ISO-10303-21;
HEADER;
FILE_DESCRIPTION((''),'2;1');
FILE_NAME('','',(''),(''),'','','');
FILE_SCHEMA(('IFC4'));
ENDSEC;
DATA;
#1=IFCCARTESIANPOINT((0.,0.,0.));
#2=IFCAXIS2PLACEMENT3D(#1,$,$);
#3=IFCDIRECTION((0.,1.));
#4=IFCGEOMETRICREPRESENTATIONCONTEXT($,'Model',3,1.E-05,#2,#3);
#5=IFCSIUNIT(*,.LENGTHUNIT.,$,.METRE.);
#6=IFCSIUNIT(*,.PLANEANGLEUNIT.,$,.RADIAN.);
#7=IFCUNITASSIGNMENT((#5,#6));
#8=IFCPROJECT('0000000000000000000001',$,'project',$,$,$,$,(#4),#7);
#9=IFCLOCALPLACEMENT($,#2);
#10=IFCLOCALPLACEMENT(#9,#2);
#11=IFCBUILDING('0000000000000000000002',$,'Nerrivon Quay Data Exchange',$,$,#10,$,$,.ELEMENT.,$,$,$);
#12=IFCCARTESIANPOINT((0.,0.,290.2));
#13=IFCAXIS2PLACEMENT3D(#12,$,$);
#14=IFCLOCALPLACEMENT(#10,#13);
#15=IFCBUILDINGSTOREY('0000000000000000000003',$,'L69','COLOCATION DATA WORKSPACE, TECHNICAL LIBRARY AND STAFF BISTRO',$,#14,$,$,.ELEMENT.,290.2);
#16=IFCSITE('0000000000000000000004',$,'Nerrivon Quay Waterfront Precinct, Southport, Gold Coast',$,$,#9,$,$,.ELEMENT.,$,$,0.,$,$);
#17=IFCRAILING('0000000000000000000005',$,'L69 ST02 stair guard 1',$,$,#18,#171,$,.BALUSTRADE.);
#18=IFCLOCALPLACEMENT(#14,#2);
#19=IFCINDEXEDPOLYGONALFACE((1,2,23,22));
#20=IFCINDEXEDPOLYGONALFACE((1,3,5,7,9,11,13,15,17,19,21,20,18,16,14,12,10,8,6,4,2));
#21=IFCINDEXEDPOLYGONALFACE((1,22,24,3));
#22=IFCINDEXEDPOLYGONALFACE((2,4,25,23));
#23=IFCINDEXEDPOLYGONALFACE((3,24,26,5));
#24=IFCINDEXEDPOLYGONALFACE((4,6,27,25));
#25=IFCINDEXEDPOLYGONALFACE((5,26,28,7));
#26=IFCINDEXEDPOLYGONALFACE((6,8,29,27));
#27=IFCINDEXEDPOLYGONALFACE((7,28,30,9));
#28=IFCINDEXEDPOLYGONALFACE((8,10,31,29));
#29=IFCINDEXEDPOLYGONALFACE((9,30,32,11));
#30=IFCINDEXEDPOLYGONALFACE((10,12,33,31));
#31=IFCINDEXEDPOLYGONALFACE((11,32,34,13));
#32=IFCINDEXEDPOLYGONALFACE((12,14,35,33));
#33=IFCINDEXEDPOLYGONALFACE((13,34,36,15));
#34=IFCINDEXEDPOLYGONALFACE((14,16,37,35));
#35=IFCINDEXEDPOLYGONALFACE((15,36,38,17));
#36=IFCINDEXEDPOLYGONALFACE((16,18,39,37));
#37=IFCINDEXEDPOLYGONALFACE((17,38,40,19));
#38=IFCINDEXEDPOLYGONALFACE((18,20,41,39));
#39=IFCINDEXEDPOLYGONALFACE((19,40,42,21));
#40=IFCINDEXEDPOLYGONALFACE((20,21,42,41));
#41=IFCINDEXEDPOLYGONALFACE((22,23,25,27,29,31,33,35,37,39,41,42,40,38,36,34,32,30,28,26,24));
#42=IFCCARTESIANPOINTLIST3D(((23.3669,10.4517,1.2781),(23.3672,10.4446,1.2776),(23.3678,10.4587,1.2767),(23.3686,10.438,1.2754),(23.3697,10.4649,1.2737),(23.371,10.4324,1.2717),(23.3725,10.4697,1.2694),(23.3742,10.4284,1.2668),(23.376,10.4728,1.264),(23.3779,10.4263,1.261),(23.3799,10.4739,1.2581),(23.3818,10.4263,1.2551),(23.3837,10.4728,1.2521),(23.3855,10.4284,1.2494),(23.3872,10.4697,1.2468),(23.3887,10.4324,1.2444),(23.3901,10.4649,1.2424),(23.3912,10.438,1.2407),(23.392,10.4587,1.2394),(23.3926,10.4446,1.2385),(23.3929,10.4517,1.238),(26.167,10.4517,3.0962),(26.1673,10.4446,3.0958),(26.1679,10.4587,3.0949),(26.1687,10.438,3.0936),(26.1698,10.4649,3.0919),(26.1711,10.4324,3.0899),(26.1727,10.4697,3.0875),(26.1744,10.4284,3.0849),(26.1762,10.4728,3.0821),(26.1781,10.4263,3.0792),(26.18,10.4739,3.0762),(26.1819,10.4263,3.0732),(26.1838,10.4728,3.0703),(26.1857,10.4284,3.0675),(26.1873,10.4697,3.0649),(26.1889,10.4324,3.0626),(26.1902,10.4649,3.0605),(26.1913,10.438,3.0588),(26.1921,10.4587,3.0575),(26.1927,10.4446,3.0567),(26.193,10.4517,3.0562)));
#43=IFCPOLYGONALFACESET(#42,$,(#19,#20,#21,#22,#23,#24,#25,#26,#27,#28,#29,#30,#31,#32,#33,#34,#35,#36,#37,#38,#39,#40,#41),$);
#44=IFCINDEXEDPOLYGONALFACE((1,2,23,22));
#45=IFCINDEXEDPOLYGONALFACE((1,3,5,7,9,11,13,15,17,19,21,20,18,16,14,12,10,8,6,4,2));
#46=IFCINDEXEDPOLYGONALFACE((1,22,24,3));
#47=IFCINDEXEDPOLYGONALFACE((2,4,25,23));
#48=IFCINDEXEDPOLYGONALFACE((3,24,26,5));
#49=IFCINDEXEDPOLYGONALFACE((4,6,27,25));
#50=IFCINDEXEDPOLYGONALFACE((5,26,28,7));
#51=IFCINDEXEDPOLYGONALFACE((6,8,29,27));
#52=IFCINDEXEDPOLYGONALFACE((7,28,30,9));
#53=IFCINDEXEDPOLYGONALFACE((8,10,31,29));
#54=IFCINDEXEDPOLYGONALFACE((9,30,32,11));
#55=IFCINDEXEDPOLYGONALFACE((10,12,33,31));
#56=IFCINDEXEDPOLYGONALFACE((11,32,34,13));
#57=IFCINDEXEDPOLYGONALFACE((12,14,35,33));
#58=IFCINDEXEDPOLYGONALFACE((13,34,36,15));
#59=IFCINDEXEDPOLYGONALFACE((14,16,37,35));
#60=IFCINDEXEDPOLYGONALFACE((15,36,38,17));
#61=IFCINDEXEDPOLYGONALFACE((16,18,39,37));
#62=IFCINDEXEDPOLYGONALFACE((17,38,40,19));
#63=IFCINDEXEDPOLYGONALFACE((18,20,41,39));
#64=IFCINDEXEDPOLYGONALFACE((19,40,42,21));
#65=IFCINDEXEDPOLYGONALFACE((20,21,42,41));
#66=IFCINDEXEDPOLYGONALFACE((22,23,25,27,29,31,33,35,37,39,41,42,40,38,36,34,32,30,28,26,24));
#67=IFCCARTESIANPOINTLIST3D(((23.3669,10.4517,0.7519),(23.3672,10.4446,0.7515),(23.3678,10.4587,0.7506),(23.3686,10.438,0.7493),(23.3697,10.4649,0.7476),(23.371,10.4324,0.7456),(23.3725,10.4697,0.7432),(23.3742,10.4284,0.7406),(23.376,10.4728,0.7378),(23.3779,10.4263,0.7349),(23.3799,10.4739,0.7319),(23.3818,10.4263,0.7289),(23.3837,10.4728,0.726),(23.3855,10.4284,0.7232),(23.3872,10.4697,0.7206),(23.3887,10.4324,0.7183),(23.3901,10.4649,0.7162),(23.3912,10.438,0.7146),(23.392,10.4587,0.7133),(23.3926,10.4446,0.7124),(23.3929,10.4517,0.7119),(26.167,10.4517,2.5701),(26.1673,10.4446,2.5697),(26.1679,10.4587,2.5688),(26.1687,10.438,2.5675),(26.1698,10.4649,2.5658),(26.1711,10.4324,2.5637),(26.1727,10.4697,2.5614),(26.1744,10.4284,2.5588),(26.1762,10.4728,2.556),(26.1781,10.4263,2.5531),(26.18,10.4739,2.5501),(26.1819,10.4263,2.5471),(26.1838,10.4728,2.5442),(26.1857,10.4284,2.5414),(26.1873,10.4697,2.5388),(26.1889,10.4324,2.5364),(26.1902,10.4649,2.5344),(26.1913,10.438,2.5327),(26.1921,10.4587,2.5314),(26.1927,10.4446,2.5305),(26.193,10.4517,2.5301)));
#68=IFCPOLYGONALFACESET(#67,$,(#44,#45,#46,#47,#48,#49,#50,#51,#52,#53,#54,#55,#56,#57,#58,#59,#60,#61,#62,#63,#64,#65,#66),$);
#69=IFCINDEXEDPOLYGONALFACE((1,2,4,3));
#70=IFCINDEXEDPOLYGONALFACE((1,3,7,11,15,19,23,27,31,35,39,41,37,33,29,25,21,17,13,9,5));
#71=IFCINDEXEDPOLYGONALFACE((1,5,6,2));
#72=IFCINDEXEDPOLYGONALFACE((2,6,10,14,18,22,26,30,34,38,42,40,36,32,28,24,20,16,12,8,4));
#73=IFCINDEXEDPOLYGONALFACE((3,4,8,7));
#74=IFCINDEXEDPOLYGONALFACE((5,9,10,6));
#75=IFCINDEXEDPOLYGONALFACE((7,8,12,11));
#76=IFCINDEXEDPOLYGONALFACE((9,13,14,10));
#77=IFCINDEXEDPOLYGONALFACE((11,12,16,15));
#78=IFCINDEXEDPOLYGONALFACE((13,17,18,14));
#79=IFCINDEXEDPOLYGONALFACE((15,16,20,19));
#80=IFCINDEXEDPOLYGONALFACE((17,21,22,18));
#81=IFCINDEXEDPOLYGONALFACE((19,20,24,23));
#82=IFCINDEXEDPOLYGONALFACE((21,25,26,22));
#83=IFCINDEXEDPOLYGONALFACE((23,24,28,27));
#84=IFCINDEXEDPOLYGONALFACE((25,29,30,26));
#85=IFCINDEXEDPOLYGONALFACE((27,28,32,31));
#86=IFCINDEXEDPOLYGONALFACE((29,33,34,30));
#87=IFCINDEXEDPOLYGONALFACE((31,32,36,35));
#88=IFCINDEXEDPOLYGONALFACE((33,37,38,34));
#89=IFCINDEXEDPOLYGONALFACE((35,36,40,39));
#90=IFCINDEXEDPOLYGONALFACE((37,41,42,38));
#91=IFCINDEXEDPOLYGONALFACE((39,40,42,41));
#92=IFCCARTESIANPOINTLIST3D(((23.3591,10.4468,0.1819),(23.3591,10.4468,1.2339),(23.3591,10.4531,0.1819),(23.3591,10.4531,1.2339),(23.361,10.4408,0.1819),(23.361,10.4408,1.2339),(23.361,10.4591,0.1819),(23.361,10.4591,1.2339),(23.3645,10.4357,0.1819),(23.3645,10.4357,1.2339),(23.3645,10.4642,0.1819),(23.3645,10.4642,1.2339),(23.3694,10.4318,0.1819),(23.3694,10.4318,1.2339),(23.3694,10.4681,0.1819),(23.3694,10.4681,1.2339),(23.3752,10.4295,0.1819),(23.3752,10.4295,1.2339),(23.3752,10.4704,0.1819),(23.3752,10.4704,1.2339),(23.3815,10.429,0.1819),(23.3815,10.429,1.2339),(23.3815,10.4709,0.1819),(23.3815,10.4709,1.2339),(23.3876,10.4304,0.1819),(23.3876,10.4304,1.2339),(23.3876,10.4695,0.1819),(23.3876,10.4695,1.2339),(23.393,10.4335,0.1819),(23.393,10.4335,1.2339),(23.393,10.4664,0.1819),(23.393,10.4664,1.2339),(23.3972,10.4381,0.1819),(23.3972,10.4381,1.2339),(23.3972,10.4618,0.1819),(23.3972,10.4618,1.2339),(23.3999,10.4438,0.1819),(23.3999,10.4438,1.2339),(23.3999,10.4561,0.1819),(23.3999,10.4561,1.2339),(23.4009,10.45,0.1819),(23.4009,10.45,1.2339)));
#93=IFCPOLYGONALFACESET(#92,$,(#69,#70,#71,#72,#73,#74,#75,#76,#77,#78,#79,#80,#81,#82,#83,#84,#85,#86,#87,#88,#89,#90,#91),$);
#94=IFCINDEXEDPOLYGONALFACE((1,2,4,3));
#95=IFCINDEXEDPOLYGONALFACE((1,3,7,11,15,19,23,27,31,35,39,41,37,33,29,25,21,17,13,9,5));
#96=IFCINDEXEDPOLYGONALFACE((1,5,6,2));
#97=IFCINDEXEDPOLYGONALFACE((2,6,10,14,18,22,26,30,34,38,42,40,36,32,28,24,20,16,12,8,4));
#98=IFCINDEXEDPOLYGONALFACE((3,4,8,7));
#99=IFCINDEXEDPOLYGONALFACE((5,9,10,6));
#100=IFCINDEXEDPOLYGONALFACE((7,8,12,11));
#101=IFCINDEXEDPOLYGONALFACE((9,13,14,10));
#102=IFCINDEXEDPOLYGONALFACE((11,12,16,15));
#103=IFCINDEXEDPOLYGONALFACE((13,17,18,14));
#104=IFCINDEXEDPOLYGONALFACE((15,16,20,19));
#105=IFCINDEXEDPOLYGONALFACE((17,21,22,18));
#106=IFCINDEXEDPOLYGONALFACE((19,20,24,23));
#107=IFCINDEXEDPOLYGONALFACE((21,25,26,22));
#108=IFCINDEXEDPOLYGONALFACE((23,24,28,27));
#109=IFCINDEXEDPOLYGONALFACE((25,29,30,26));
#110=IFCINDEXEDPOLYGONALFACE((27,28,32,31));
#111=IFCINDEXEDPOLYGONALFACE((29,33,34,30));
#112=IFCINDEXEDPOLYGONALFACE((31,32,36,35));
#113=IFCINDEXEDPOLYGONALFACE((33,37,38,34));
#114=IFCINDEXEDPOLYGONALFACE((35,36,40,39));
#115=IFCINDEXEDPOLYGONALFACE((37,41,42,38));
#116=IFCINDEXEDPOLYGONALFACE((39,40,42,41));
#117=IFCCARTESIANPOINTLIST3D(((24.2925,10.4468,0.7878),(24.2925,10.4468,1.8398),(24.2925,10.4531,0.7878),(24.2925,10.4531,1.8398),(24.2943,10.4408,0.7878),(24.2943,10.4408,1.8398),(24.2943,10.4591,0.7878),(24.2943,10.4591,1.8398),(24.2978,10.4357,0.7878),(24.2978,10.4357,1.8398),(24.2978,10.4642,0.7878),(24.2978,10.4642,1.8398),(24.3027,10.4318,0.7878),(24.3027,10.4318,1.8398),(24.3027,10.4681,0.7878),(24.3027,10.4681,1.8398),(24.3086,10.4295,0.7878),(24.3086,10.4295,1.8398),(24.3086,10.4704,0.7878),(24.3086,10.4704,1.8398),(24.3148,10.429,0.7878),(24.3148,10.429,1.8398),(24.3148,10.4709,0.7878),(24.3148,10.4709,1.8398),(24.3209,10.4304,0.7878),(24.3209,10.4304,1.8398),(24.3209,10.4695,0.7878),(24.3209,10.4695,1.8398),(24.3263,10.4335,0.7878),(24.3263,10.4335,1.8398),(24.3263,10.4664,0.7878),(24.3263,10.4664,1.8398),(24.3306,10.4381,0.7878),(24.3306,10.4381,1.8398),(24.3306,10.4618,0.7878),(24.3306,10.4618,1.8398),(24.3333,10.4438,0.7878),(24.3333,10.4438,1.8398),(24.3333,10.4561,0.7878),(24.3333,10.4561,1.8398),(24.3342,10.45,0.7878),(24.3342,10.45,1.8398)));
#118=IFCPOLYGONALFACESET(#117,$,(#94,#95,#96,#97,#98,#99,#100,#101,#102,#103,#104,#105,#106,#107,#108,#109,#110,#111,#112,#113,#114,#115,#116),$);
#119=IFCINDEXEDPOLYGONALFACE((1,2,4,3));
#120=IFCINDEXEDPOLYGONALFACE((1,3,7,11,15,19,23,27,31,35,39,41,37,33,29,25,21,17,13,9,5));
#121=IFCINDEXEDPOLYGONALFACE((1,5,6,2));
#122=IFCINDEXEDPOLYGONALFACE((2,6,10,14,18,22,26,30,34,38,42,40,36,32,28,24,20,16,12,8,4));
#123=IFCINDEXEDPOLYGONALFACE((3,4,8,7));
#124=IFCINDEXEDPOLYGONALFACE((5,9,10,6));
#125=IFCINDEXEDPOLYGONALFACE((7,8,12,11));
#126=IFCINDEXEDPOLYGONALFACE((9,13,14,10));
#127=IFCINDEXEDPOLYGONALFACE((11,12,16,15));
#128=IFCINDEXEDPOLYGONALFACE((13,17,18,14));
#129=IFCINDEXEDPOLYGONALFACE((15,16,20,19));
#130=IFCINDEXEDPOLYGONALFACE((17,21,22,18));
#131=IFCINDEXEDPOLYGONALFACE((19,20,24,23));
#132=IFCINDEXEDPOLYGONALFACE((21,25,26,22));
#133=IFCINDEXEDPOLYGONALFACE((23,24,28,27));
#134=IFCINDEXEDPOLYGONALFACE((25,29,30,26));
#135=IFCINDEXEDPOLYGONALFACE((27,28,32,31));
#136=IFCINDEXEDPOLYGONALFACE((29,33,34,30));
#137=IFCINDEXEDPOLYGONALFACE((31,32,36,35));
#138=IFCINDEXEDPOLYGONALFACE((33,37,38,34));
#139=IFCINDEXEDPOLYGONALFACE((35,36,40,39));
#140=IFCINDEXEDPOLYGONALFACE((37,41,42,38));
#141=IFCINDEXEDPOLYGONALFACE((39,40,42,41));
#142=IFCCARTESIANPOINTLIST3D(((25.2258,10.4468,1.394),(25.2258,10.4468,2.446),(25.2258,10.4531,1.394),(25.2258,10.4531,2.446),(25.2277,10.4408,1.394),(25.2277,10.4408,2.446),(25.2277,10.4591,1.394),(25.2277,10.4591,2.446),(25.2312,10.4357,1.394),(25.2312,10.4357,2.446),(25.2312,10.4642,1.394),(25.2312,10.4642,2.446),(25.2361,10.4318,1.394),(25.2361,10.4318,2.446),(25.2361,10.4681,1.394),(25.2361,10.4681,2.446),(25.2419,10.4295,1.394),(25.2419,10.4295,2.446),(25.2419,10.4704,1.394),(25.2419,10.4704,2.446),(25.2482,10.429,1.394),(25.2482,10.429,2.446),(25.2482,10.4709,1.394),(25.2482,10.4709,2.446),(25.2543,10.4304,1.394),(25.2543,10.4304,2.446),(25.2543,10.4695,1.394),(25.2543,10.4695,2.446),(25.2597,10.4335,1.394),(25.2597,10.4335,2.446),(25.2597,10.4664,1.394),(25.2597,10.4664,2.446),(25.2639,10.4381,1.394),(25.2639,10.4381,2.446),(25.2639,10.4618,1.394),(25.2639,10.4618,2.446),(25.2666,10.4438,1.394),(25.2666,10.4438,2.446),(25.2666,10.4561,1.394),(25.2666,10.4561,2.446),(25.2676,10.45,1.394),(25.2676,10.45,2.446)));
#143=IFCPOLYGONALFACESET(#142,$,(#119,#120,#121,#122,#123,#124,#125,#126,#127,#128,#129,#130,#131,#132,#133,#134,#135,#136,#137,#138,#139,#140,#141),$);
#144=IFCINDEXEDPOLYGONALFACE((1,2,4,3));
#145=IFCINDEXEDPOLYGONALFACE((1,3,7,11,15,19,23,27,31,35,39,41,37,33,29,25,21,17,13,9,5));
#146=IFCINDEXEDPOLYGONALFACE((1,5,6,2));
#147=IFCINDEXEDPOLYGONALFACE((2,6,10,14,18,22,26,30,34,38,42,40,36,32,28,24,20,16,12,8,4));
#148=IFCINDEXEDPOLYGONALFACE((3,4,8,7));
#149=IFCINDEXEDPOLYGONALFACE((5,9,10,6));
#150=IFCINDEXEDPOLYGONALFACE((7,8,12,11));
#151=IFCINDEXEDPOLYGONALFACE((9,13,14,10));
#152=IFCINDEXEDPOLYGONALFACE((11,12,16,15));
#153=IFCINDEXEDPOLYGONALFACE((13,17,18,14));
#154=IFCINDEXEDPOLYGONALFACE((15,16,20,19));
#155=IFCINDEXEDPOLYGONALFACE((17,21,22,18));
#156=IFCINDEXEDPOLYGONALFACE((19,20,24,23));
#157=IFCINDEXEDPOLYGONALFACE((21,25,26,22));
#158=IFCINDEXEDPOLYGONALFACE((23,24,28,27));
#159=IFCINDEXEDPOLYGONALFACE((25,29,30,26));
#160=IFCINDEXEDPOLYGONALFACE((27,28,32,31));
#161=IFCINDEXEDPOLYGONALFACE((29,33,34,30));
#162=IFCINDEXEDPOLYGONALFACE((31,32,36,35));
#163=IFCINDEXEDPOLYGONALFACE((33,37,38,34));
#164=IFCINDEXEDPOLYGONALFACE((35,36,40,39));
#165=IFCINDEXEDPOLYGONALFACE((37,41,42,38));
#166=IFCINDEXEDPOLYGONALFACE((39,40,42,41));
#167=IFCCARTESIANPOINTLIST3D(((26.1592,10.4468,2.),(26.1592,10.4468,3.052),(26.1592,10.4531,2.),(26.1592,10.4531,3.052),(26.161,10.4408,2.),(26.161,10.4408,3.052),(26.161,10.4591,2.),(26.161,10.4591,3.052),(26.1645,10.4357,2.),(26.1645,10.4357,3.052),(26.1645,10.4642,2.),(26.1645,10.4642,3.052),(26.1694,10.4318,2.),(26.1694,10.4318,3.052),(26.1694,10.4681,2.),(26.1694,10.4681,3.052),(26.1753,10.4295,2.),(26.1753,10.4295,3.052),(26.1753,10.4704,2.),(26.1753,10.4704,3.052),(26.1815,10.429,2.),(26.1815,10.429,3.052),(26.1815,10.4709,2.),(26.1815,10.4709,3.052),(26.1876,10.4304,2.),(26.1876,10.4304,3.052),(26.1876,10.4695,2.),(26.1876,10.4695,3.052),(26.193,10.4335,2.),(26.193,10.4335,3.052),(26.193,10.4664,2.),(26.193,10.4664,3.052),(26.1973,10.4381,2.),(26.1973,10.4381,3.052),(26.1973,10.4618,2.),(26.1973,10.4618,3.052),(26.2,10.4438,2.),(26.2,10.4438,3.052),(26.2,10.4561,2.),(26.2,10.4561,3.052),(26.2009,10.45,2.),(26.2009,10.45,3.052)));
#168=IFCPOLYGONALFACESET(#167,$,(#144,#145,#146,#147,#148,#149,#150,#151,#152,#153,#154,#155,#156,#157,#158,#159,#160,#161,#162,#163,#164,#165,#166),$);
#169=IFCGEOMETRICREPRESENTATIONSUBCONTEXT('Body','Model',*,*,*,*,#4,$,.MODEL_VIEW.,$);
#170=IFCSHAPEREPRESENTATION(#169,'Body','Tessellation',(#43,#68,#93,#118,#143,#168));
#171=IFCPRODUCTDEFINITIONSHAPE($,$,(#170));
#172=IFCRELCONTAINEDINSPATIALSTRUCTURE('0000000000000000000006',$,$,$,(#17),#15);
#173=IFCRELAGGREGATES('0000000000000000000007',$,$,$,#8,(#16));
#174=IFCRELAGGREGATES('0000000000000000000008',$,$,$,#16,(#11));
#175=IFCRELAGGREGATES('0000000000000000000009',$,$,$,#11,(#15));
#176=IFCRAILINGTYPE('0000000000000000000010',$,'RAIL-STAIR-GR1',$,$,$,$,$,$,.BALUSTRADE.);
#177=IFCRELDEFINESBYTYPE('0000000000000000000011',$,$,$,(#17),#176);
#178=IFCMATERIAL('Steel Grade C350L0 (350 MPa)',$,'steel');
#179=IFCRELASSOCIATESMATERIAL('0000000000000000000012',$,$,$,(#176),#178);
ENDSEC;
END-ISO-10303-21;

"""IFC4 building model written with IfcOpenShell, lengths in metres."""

from ifc_helpers import new_model, si_unit, direction, frame, origin, origin_2d, place, context, subcontext, project, spatial, circle, extrude, material, type_object, element, save


model = new_model("IFC4")

# Units and contexts
model_context = context("Model", 3, precision=1e-05, world=origin(), true_north=direction((0.0, 1.0)))
body_context = subcontext(model_context, "Body", "Model", "MODEL_VIEW")
ifc_project = project(units=[si_unit("LENGTHUNIT", "METRE"), si_unit("PLANEANGLEUNIT", "RADIAN")], contexts=[model_context])

# Site, building, storey
site_placement = place(None, origin())
site = spatial("IfcSite", under=ifc_project, at=site_placement, Name="Nerrivon Quay Waterfront Precinct, Southport, Gold Coast", CompositionType="ELEMENT", RefElevation=0.0)
building_placement = place(site_placement, origin())
building = spatial("IfcBuilding", under=site, at=building_placement, Name="Nerrivon Quay Data Exchange", CompositionType="ELEMENT")
storey_placement = place(building_placement, frame((0.0, 0.0, 290.2)))
storey = spatial("IfcBuildingStorey", under=building, at=storey_placement, Name="L69", Description="COLOCATION DATA WORKSPACE, TECHNICAL LIBRARY AND STAFF BISTRO", CompositionType="ELEMENT", Elevation=290.2)

# Railing
ifc_material_1 = material(Name="Steel Grade C350L0 (350 MPa)", Category="steel")
railing_type_1 = type_object("IfcRailingType", Name="RAIL-STAIR-GR1", PredefinedType="BALUSTRADE", material=ifc_material_1)
railing_1_placement = place(storey_placement, frame((23.3799, 10.45, 0.1819)))
element("IfcRailing", 1, at=railing_1_placement, inside=storey, type_object=railing_type_1, Name="L69 ST02 stair guard 1", PredefinedType="BALUSTRADE", context=body_context, shape_type="SweptSolid", body=[
    extrude(circle(Radius=0.0239, at=origin_2d()), frame((0.0, 0.0, 1.0762), z_axis=(0.838706, 0.0, 0.544585), x_axis=(0.0, 1.0, 0.0)), (0.0, 0.0, 1.0), 3.3386),
    extrude(circle(Radius=0.0239, at=origin_2d()), frame((0.0, 0.0, 0.55), z_axis=(0.838706, 0.0, 0.544585), x_axis=(0.0, 1.0, 0.0)), (0.0, 0.0, 1.0), 3.3386),
    extrude(circle(Radius=0.021, at=origin_2d()), origin(), (0.0, 0.0, 1.0), 1.052),
    extrude(circle(Radius=0.021, at=origin_2d()), frame((0.9333, 0.0, 0.606)), (0.0, 0.0, 1.0), 1.052),
    extrude(circle(Radius=0.021, at=origin_2d()), frame((1.8667, 0.0, 1.2122)), (0.0, 0.0, 1.0), 1.052),
    extrude(circle(Radius=0.021, at=origin_2d()), frame((2.8, 0.0, 1.8181)), (0.0, 0.0, 1.0), 1.052),
])

save(model, "model.ifc")
